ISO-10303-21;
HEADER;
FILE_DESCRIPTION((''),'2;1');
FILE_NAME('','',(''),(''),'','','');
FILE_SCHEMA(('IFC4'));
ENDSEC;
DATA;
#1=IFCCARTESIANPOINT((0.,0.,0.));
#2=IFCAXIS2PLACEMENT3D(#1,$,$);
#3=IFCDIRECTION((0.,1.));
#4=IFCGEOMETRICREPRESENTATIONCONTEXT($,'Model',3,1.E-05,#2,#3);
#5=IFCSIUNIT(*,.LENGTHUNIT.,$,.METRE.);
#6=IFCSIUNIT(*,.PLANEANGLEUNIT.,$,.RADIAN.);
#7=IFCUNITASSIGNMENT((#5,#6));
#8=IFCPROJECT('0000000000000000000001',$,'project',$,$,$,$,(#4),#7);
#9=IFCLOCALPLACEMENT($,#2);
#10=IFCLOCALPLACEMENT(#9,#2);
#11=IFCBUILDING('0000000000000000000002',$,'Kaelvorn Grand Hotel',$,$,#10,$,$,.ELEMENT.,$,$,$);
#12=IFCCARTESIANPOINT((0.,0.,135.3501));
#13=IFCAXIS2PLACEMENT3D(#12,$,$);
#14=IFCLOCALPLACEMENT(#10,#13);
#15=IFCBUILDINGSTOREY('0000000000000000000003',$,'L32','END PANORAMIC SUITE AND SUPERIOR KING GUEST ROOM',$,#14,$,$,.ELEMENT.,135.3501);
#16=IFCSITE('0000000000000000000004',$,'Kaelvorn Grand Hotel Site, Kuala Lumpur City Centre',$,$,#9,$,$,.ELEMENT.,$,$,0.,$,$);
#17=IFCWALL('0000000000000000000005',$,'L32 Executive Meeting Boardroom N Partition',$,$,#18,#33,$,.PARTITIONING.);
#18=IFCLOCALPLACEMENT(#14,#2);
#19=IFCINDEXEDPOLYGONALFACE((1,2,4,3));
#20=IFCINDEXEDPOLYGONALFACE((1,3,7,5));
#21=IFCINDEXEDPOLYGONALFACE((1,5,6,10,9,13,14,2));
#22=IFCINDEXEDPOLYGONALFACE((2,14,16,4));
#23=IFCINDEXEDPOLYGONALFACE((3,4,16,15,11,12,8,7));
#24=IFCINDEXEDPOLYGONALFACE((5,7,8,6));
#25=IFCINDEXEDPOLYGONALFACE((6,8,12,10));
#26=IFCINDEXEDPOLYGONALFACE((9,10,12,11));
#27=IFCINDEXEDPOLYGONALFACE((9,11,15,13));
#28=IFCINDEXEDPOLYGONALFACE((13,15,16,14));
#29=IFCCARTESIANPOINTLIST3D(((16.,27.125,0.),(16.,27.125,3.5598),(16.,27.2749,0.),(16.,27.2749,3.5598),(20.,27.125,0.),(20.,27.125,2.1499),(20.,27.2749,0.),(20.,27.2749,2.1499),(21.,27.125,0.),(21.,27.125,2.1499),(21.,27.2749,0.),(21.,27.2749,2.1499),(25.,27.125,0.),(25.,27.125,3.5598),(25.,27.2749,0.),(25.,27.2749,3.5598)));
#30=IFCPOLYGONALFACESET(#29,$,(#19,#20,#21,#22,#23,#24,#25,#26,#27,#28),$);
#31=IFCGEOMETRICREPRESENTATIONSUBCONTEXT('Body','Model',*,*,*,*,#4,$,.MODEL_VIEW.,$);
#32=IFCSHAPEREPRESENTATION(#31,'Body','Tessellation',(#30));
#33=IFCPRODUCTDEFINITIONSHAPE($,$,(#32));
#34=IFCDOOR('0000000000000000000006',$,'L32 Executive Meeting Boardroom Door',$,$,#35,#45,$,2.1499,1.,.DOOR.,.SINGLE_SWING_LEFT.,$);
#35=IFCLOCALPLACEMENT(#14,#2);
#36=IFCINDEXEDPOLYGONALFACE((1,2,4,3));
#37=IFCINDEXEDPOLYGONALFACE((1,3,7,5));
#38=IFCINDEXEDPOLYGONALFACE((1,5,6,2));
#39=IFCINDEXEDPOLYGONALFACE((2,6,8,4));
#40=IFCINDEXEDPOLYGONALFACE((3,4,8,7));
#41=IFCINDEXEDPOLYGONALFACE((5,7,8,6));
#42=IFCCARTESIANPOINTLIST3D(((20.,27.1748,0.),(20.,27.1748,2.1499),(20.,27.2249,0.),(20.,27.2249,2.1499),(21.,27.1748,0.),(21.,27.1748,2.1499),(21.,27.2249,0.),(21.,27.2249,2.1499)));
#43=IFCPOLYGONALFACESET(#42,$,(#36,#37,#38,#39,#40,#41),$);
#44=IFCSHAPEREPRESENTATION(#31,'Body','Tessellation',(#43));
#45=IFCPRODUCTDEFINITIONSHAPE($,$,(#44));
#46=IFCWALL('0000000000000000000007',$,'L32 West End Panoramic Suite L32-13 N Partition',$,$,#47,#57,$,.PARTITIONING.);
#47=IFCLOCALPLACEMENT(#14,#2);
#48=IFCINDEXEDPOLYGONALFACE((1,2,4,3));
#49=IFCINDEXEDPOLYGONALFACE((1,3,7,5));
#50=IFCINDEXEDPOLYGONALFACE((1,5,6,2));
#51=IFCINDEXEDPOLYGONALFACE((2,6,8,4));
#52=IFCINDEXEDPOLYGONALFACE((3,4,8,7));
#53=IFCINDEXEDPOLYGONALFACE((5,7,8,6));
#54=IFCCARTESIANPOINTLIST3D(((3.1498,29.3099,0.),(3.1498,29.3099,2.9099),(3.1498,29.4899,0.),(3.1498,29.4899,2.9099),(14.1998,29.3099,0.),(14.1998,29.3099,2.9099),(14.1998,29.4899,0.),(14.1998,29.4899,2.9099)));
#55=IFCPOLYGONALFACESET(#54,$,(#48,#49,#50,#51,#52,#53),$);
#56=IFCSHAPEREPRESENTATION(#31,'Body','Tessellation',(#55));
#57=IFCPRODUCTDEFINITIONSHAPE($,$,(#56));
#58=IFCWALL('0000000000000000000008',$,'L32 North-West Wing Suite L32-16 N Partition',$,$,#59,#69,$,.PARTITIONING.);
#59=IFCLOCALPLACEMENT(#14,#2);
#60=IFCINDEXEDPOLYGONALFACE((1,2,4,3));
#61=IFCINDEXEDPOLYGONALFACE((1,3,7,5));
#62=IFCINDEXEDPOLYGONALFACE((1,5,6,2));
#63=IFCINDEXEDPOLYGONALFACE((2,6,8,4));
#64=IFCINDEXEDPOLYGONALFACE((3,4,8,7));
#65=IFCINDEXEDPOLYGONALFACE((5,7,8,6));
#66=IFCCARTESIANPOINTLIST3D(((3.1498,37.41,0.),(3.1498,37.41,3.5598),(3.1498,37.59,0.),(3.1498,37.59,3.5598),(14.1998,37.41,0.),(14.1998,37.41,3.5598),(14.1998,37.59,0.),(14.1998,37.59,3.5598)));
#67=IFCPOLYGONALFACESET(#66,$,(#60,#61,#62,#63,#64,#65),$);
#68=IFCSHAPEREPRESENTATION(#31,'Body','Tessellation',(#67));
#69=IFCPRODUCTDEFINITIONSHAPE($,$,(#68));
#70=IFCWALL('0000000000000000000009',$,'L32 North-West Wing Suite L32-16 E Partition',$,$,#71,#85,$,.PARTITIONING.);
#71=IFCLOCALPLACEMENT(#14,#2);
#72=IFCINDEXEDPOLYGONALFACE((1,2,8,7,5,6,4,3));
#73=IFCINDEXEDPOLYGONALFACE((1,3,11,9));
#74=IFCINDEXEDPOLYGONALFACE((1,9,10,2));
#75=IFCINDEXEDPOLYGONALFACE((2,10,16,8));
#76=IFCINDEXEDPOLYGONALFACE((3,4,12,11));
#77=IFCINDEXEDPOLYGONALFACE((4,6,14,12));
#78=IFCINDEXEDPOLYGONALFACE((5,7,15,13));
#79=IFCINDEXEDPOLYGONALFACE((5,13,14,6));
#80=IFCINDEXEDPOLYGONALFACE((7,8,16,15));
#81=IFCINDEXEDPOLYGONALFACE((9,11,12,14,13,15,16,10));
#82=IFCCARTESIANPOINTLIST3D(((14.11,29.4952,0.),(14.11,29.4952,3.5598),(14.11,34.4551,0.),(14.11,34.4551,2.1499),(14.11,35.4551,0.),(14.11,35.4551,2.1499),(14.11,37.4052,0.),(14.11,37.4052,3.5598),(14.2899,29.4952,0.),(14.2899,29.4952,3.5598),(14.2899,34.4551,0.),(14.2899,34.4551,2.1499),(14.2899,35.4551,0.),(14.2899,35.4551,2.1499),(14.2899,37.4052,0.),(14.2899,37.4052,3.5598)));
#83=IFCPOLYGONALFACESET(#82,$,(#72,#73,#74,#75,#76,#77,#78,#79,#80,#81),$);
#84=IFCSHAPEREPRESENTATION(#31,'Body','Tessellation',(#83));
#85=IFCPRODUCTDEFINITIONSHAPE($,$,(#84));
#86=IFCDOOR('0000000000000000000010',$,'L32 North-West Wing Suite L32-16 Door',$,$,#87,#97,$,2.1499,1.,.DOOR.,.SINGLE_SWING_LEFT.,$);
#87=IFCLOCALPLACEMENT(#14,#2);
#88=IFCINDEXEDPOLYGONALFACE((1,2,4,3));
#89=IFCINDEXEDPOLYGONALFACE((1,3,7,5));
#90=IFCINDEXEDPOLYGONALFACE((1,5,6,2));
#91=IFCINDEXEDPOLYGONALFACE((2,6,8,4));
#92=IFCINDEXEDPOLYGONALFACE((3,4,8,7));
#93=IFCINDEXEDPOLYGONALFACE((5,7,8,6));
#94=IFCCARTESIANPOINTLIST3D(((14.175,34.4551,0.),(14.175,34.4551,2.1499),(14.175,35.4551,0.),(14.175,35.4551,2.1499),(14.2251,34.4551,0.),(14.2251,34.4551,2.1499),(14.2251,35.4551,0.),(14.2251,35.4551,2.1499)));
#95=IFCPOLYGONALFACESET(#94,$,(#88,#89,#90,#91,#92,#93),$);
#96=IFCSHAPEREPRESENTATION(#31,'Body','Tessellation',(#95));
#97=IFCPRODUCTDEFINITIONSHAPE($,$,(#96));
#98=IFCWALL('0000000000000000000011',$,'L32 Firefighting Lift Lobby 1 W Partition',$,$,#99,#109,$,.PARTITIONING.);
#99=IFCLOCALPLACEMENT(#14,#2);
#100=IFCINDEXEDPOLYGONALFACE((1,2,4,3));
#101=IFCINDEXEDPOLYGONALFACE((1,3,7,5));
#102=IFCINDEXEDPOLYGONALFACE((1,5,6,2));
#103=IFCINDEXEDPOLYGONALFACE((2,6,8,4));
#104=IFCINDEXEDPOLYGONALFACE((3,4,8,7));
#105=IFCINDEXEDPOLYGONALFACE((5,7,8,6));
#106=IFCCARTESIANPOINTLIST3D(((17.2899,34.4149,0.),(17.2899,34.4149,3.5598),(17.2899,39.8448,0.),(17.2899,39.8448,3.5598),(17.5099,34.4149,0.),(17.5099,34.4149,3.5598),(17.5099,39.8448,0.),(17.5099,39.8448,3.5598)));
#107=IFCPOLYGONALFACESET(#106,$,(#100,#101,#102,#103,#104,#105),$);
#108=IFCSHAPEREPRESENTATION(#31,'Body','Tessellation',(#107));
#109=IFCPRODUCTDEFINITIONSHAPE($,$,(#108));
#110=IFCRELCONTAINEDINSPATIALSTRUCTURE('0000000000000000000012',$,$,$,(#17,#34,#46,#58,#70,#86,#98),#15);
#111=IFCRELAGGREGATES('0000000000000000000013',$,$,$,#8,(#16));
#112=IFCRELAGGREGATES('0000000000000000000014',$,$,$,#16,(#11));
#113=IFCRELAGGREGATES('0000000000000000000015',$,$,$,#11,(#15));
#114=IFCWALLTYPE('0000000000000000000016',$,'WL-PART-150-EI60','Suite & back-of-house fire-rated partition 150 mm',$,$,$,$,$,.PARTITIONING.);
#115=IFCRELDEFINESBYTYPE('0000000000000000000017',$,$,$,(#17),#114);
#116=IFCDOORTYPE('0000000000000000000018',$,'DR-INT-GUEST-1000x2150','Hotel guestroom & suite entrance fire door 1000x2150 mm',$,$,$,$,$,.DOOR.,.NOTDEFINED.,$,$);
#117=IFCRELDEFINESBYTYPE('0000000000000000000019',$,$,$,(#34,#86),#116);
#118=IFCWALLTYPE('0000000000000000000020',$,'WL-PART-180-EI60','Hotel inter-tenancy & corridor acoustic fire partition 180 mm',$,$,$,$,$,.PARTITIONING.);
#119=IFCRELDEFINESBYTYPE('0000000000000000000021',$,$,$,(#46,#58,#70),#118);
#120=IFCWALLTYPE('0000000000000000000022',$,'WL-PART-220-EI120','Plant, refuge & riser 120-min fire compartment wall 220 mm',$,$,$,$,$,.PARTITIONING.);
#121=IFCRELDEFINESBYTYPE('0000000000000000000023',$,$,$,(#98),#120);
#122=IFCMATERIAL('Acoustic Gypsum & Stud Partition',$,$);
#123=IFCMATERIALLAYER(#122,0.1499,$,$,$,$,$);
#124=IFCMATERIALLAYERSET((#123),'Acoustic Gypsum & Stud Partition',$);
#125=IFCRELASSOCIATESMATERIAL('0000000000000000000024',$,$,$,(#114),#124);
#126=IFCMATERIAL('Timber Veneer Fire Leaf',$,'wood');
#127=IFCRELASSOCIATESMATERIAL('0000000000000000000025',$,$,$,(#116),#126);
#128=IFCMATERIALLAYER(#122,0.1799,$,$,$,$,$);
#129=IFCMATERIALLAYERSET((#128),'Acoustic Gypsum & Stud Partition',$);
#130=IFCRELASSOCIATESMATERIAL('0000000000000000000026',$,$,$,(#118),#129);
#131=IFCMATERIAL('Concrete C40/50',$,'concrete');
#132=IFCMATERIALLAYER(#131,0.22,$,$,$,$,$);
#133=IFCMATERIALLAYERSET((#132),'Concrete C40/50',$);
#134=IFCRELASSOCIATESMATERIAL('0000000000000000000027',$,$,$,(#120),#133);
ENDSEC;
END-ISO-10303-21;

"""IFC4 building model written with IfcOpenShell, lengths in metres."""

from ifc_helpers import new_model, si_unit, direction, frame, frame_2d, origin, place, context, subcontext, project, spatial, rectangle, extrude, material, layer, layer_set, type_object, element, fill, save


model = new_model("IFC4")

# Units and contexts
model_context = context("Model", 3, precision=1e-05, world=origin(), true_north=direction((0.0, 1.0)))
body_context = subcontext(model_context, "Body", "Model", "MODEL_VIEW")
ifc_project = project(units=[si_unit("LENGTHUNIT", "METRE"), si_unit("PLANEANGLEUNIT", "RADIAN")], contexts=[model_context])

# Site, building, storey
site_placement = place(None, origin())
site = spatial("IfcSite", under=ifc_project, at=site_placement, Name="Kaelvorn Grand Hotel Site, Kuala Lumpur City Centre", CompositionType="ELEMENT", RefElevation=0.0)
building_placement = place(site_placement, origin())
building = spatial("IfcBuilding", under=site, at=building_placement, Name="Kaelvorn Grand Hotel", CompositionType="ELEMENT")
storey_placement = place(building_placement, frame((0.0, 0.0, 135.3501)))
storey = spatial("IfcBuildingStorey", under=building, at=storey_placement, Name="L32", Description="END PANORAMIC SUITE AND SUPERIOR KING GUEST ROOM", CompositionType="ELEMENT", Elevation=135.3501)

# Wall, opening, door
ifc_material_1 = material(Name="Acoustic Gypsum & Stud Partition")
ifc_layer_1 = layer(ifc_material_1, 0.1499)
ifc_layer_set_1 = layer_set([ifc_layer_1], Name="Acoustic Gypsum & Stud Partition")
wall_type_1 = type_object("IfcWallType", Name="WL-PART-150-EI60", Description="Suite & back-of-house fire-rated partition 150 mm", PredefinedType="PARTITIONING", material=ifc_layer_set_1)
wall_1_placement = place(storey_placement, frame((16.0, 27.2, 0.0), z_axis=(0.0, 0.0, 1.0), x_axis=(1.0, 0.0, 0.0)))
wall_1 = element("IfcWall", 1, at=wall_1_placement, inside=storey, type_object=wall_type_1, Name="L32 Executive Meeting Boardroom N Partition", PredefinedType="PARTITIONING", context=body_context, shape_type="SweptSolid", body=[
    extrude(rectangle(XDim=9.0, YDim=0.1499, at=frame_2d((4.5, 0.0))), origin(), (0.0, 0.0, 1.0), 3.5598),
])
opening_1_placement = place(wall_1_placement, frame((4.0, 0.0, 0.0)))
opening_1 = element("IfcOpeningElement", 2, at=opening_1_placement, cuts=wall_1, PredefinedType="OPENING", context=body_context, shape_type="SweptSolid", body=[
    extrude(rectangle(XDim=1.0, YDim=2.1499, at=frame_2d((0.5, 1.075))), frame((0.0, 0.085, 0.0), z_axis=(0.0, -1.0, 0.0), x_axis=(1.0, 0.0, 0.0)), (0.0, 0.0, 1.0), 0.1699),
])
ifc_material_2 = material(Name="Timber Veneer Fire Leaf", Category="wood")
door_type_1 = type_object("IfcDoorType", Name="DR-INT-GUEST-1000x2150", Description="Hotel guestroom & suite entrance fire door 1000x2150 mm", OperationType="NOTDEFINED", PredefinedType="DOOR", material=ifc_material_2)
door_1_placement = place(opening_1_placement, origin())
door_1 = element("IfcDoor", 3, at=door_1_placement, inside=storey, type_object=door_type_1, Name="L32 Executive Meeting Boardroom Door", OperationType="SINGLE_SWING_LEFT", OverallHeight=2.1499, OverallWidth=1.0, PredefinedType="DOOR", context=body_context, shape_type="SweptSolid", body=[
    extrude(rectangle(XDim=1.0, YDim=2.1499, at=frame_2d((0.5, 1.075))), frame((0.0, 0.0249, 0.0), z_axis=(0.0, -1.0, 0.0), x_axis=(1.0, 0.0, 0.0)), (0.0, 0.0, 1.0), 0.05),
])
fill(opening_1, door_1)

# Walls
ifc_layer_2 = layer(ifc_material_1, 0.1799)
ifc_layer_set_2 = layer_set([ifc_layer_2], Name="Acoustic Gypsum & Stud Partition")
wall_type_2 = type_object("IfcWallType", Name="WL-PART-180-EI60", Description="Hotel inter-tenancy & corridor acoustic fire partition 180 mm", PredefinedType="PARTITIONING", material=ifc_layer_set_2)
wall_2_placement = place(storey_placement, frame((3.1499, 29.3999, 0.0), z_axis=(0.0, 0.0, 1.0), x_axis=(1.0, 0.0, 0.0)))
element("IfcWall", 4, at=wall_2_placement, inside=storey, type_object=wall_type_2, Name="L32 West End Panoramic Suite L32-13 N Partition", PredefinedType="PARTITIONING", context=body_context, shape_type="SweptSolid", body=[
    extrude(rectangle(XDim=11.05, YDim=0.1799, at=frame_2d((5.5249, 0.0))), origin(), (0.0, 0.0, 1.0), 2.9099),
])
wall_3_placement = place(storey_placement, frame((3.1499, 37.5, 0.0), z_axis=(0.0, 0.0, 1.0), x_axis=(1.0, 0.0, 0.0)))
element("IfcWall", 5, at=wall_3_placement, inside=storey, type_object=wall_type_2, Name="L32 North-West Wing Suite L32-16 N Partition", PredefinedType="PARTITIONING", context=body_context, shape_type="SweptSolid", body=[
    extrude(rectangle(XDim=11.05, YDim=0.1799, at=frame_2d((5.5249, 0.0))), origin(), (0.0, 0.0, 1.0), 3.5598),
])

# Wall, opening, door
wall_4_placement = place(storey_placement, frame((14.2, 29.4951, 0.0), z_axis=(0.0, 0.0, 1.0), x_axis=(0.0, 1.0, 0.0)))
wall_4 = element("IfcWall", 6, at=wall_4_placement, inside=storey, type_object=wall_type_2, Name="L32 North-West Wing Suite L32-16 E Partition", PredefinedType="PARTITIONING", context=body_context, shape_type="SweptSolid", body=[
    extrude(rectangle(XDim=7.9099, YDim=0.1799, at=frame_2d((3.9551, 0.0))), origin(), (0.0, 0.0, 1.0), 3.5598),
])
opening_2_placement = place(wall_4_placement, frame((4.96, 0.0, 0.0)))
opening_2 = element("IfcOpeningElement", 7, at=opening_2_placement, cuts=wall_4, PredefinedType="OPENING", context=body_context, shape_type="SweptSolid", body=[
    extrude(rectangle(XDim=1.0, YDim=2.1499, at=frame_2d((0.5, 1.075))), frame((0.0, 0.1001, 0.0), z_axis=(0.0, -1.0, 0.0), x_axis=(1.0, 0.0, 0.0)), (0.0, 0.0, 1.0), 0.2),
])
door_2_placement = place(opening_2_placement, origin())
door_2 = element("IfcDoor", 8, at=door_2_placement, inside=storey, type_object=door_type_1, Name="L32 North-West Wing Suite L32-16 Door", OperationType="SINGLE_SWING_LEFT", OverallHeight=2.1499, OverallWidth=1.0, PredefinedType="DOOR", context=body_context, shape_type="SweptSolid", body=[
    extrude(rectangle(XDim=1.0, YDim=2.1499, at=frame_2d((0.5, 1.075))), frame((0.0, 0.0249, 0.0), z_axis=(0.0, -1.0, 0.0), x_axis=(1.0, 0.0, 0.0)), (0.0, 0.0, 1.0), 0.05),
])
fill(opening_2, door_2)
ifc_material_3 = material(Name="Concrete C40/50", Category="concrete")
ifc_layer_3 = layer(ifc_material_3, 0.22)
ifc_layer_set_3 = layer_set([ifc_layer_3], Name="Concrete C40/50")
wall_type_3 = type_object("IfcWallType", Name="WL-PART-220-EI120", Description="Plant, refuge & riser 120-min fire compartment wall 220 mm", PredefinedType="PARTITIONING", material=ifc_layer_set_3)

# Wall
wall_5_placement = place(storey_placement, frame((17.3999, 34.415, 0.0), z_axis=(0.0, 0.0, 1.0), x_axis=(0.0, 1.0, 0.0)))
element("IfcWall", 9, at=wall_5_placement, inside=storey, type_object=wall_type_3, Name="L32 Firefighting Lift Lobby 1 W Partition", PredefinedType="PARTITIONING", context=body_context, shape_type="SweptSolid", body=[
    extrude(rectangle(XDim=5.4299, YDim=0.22, at=frame_2d((2.7148, 0.0))), origin(), (0.0, 0.0, 1.0), 3.5598),
])

save(model, "model.ifc")
